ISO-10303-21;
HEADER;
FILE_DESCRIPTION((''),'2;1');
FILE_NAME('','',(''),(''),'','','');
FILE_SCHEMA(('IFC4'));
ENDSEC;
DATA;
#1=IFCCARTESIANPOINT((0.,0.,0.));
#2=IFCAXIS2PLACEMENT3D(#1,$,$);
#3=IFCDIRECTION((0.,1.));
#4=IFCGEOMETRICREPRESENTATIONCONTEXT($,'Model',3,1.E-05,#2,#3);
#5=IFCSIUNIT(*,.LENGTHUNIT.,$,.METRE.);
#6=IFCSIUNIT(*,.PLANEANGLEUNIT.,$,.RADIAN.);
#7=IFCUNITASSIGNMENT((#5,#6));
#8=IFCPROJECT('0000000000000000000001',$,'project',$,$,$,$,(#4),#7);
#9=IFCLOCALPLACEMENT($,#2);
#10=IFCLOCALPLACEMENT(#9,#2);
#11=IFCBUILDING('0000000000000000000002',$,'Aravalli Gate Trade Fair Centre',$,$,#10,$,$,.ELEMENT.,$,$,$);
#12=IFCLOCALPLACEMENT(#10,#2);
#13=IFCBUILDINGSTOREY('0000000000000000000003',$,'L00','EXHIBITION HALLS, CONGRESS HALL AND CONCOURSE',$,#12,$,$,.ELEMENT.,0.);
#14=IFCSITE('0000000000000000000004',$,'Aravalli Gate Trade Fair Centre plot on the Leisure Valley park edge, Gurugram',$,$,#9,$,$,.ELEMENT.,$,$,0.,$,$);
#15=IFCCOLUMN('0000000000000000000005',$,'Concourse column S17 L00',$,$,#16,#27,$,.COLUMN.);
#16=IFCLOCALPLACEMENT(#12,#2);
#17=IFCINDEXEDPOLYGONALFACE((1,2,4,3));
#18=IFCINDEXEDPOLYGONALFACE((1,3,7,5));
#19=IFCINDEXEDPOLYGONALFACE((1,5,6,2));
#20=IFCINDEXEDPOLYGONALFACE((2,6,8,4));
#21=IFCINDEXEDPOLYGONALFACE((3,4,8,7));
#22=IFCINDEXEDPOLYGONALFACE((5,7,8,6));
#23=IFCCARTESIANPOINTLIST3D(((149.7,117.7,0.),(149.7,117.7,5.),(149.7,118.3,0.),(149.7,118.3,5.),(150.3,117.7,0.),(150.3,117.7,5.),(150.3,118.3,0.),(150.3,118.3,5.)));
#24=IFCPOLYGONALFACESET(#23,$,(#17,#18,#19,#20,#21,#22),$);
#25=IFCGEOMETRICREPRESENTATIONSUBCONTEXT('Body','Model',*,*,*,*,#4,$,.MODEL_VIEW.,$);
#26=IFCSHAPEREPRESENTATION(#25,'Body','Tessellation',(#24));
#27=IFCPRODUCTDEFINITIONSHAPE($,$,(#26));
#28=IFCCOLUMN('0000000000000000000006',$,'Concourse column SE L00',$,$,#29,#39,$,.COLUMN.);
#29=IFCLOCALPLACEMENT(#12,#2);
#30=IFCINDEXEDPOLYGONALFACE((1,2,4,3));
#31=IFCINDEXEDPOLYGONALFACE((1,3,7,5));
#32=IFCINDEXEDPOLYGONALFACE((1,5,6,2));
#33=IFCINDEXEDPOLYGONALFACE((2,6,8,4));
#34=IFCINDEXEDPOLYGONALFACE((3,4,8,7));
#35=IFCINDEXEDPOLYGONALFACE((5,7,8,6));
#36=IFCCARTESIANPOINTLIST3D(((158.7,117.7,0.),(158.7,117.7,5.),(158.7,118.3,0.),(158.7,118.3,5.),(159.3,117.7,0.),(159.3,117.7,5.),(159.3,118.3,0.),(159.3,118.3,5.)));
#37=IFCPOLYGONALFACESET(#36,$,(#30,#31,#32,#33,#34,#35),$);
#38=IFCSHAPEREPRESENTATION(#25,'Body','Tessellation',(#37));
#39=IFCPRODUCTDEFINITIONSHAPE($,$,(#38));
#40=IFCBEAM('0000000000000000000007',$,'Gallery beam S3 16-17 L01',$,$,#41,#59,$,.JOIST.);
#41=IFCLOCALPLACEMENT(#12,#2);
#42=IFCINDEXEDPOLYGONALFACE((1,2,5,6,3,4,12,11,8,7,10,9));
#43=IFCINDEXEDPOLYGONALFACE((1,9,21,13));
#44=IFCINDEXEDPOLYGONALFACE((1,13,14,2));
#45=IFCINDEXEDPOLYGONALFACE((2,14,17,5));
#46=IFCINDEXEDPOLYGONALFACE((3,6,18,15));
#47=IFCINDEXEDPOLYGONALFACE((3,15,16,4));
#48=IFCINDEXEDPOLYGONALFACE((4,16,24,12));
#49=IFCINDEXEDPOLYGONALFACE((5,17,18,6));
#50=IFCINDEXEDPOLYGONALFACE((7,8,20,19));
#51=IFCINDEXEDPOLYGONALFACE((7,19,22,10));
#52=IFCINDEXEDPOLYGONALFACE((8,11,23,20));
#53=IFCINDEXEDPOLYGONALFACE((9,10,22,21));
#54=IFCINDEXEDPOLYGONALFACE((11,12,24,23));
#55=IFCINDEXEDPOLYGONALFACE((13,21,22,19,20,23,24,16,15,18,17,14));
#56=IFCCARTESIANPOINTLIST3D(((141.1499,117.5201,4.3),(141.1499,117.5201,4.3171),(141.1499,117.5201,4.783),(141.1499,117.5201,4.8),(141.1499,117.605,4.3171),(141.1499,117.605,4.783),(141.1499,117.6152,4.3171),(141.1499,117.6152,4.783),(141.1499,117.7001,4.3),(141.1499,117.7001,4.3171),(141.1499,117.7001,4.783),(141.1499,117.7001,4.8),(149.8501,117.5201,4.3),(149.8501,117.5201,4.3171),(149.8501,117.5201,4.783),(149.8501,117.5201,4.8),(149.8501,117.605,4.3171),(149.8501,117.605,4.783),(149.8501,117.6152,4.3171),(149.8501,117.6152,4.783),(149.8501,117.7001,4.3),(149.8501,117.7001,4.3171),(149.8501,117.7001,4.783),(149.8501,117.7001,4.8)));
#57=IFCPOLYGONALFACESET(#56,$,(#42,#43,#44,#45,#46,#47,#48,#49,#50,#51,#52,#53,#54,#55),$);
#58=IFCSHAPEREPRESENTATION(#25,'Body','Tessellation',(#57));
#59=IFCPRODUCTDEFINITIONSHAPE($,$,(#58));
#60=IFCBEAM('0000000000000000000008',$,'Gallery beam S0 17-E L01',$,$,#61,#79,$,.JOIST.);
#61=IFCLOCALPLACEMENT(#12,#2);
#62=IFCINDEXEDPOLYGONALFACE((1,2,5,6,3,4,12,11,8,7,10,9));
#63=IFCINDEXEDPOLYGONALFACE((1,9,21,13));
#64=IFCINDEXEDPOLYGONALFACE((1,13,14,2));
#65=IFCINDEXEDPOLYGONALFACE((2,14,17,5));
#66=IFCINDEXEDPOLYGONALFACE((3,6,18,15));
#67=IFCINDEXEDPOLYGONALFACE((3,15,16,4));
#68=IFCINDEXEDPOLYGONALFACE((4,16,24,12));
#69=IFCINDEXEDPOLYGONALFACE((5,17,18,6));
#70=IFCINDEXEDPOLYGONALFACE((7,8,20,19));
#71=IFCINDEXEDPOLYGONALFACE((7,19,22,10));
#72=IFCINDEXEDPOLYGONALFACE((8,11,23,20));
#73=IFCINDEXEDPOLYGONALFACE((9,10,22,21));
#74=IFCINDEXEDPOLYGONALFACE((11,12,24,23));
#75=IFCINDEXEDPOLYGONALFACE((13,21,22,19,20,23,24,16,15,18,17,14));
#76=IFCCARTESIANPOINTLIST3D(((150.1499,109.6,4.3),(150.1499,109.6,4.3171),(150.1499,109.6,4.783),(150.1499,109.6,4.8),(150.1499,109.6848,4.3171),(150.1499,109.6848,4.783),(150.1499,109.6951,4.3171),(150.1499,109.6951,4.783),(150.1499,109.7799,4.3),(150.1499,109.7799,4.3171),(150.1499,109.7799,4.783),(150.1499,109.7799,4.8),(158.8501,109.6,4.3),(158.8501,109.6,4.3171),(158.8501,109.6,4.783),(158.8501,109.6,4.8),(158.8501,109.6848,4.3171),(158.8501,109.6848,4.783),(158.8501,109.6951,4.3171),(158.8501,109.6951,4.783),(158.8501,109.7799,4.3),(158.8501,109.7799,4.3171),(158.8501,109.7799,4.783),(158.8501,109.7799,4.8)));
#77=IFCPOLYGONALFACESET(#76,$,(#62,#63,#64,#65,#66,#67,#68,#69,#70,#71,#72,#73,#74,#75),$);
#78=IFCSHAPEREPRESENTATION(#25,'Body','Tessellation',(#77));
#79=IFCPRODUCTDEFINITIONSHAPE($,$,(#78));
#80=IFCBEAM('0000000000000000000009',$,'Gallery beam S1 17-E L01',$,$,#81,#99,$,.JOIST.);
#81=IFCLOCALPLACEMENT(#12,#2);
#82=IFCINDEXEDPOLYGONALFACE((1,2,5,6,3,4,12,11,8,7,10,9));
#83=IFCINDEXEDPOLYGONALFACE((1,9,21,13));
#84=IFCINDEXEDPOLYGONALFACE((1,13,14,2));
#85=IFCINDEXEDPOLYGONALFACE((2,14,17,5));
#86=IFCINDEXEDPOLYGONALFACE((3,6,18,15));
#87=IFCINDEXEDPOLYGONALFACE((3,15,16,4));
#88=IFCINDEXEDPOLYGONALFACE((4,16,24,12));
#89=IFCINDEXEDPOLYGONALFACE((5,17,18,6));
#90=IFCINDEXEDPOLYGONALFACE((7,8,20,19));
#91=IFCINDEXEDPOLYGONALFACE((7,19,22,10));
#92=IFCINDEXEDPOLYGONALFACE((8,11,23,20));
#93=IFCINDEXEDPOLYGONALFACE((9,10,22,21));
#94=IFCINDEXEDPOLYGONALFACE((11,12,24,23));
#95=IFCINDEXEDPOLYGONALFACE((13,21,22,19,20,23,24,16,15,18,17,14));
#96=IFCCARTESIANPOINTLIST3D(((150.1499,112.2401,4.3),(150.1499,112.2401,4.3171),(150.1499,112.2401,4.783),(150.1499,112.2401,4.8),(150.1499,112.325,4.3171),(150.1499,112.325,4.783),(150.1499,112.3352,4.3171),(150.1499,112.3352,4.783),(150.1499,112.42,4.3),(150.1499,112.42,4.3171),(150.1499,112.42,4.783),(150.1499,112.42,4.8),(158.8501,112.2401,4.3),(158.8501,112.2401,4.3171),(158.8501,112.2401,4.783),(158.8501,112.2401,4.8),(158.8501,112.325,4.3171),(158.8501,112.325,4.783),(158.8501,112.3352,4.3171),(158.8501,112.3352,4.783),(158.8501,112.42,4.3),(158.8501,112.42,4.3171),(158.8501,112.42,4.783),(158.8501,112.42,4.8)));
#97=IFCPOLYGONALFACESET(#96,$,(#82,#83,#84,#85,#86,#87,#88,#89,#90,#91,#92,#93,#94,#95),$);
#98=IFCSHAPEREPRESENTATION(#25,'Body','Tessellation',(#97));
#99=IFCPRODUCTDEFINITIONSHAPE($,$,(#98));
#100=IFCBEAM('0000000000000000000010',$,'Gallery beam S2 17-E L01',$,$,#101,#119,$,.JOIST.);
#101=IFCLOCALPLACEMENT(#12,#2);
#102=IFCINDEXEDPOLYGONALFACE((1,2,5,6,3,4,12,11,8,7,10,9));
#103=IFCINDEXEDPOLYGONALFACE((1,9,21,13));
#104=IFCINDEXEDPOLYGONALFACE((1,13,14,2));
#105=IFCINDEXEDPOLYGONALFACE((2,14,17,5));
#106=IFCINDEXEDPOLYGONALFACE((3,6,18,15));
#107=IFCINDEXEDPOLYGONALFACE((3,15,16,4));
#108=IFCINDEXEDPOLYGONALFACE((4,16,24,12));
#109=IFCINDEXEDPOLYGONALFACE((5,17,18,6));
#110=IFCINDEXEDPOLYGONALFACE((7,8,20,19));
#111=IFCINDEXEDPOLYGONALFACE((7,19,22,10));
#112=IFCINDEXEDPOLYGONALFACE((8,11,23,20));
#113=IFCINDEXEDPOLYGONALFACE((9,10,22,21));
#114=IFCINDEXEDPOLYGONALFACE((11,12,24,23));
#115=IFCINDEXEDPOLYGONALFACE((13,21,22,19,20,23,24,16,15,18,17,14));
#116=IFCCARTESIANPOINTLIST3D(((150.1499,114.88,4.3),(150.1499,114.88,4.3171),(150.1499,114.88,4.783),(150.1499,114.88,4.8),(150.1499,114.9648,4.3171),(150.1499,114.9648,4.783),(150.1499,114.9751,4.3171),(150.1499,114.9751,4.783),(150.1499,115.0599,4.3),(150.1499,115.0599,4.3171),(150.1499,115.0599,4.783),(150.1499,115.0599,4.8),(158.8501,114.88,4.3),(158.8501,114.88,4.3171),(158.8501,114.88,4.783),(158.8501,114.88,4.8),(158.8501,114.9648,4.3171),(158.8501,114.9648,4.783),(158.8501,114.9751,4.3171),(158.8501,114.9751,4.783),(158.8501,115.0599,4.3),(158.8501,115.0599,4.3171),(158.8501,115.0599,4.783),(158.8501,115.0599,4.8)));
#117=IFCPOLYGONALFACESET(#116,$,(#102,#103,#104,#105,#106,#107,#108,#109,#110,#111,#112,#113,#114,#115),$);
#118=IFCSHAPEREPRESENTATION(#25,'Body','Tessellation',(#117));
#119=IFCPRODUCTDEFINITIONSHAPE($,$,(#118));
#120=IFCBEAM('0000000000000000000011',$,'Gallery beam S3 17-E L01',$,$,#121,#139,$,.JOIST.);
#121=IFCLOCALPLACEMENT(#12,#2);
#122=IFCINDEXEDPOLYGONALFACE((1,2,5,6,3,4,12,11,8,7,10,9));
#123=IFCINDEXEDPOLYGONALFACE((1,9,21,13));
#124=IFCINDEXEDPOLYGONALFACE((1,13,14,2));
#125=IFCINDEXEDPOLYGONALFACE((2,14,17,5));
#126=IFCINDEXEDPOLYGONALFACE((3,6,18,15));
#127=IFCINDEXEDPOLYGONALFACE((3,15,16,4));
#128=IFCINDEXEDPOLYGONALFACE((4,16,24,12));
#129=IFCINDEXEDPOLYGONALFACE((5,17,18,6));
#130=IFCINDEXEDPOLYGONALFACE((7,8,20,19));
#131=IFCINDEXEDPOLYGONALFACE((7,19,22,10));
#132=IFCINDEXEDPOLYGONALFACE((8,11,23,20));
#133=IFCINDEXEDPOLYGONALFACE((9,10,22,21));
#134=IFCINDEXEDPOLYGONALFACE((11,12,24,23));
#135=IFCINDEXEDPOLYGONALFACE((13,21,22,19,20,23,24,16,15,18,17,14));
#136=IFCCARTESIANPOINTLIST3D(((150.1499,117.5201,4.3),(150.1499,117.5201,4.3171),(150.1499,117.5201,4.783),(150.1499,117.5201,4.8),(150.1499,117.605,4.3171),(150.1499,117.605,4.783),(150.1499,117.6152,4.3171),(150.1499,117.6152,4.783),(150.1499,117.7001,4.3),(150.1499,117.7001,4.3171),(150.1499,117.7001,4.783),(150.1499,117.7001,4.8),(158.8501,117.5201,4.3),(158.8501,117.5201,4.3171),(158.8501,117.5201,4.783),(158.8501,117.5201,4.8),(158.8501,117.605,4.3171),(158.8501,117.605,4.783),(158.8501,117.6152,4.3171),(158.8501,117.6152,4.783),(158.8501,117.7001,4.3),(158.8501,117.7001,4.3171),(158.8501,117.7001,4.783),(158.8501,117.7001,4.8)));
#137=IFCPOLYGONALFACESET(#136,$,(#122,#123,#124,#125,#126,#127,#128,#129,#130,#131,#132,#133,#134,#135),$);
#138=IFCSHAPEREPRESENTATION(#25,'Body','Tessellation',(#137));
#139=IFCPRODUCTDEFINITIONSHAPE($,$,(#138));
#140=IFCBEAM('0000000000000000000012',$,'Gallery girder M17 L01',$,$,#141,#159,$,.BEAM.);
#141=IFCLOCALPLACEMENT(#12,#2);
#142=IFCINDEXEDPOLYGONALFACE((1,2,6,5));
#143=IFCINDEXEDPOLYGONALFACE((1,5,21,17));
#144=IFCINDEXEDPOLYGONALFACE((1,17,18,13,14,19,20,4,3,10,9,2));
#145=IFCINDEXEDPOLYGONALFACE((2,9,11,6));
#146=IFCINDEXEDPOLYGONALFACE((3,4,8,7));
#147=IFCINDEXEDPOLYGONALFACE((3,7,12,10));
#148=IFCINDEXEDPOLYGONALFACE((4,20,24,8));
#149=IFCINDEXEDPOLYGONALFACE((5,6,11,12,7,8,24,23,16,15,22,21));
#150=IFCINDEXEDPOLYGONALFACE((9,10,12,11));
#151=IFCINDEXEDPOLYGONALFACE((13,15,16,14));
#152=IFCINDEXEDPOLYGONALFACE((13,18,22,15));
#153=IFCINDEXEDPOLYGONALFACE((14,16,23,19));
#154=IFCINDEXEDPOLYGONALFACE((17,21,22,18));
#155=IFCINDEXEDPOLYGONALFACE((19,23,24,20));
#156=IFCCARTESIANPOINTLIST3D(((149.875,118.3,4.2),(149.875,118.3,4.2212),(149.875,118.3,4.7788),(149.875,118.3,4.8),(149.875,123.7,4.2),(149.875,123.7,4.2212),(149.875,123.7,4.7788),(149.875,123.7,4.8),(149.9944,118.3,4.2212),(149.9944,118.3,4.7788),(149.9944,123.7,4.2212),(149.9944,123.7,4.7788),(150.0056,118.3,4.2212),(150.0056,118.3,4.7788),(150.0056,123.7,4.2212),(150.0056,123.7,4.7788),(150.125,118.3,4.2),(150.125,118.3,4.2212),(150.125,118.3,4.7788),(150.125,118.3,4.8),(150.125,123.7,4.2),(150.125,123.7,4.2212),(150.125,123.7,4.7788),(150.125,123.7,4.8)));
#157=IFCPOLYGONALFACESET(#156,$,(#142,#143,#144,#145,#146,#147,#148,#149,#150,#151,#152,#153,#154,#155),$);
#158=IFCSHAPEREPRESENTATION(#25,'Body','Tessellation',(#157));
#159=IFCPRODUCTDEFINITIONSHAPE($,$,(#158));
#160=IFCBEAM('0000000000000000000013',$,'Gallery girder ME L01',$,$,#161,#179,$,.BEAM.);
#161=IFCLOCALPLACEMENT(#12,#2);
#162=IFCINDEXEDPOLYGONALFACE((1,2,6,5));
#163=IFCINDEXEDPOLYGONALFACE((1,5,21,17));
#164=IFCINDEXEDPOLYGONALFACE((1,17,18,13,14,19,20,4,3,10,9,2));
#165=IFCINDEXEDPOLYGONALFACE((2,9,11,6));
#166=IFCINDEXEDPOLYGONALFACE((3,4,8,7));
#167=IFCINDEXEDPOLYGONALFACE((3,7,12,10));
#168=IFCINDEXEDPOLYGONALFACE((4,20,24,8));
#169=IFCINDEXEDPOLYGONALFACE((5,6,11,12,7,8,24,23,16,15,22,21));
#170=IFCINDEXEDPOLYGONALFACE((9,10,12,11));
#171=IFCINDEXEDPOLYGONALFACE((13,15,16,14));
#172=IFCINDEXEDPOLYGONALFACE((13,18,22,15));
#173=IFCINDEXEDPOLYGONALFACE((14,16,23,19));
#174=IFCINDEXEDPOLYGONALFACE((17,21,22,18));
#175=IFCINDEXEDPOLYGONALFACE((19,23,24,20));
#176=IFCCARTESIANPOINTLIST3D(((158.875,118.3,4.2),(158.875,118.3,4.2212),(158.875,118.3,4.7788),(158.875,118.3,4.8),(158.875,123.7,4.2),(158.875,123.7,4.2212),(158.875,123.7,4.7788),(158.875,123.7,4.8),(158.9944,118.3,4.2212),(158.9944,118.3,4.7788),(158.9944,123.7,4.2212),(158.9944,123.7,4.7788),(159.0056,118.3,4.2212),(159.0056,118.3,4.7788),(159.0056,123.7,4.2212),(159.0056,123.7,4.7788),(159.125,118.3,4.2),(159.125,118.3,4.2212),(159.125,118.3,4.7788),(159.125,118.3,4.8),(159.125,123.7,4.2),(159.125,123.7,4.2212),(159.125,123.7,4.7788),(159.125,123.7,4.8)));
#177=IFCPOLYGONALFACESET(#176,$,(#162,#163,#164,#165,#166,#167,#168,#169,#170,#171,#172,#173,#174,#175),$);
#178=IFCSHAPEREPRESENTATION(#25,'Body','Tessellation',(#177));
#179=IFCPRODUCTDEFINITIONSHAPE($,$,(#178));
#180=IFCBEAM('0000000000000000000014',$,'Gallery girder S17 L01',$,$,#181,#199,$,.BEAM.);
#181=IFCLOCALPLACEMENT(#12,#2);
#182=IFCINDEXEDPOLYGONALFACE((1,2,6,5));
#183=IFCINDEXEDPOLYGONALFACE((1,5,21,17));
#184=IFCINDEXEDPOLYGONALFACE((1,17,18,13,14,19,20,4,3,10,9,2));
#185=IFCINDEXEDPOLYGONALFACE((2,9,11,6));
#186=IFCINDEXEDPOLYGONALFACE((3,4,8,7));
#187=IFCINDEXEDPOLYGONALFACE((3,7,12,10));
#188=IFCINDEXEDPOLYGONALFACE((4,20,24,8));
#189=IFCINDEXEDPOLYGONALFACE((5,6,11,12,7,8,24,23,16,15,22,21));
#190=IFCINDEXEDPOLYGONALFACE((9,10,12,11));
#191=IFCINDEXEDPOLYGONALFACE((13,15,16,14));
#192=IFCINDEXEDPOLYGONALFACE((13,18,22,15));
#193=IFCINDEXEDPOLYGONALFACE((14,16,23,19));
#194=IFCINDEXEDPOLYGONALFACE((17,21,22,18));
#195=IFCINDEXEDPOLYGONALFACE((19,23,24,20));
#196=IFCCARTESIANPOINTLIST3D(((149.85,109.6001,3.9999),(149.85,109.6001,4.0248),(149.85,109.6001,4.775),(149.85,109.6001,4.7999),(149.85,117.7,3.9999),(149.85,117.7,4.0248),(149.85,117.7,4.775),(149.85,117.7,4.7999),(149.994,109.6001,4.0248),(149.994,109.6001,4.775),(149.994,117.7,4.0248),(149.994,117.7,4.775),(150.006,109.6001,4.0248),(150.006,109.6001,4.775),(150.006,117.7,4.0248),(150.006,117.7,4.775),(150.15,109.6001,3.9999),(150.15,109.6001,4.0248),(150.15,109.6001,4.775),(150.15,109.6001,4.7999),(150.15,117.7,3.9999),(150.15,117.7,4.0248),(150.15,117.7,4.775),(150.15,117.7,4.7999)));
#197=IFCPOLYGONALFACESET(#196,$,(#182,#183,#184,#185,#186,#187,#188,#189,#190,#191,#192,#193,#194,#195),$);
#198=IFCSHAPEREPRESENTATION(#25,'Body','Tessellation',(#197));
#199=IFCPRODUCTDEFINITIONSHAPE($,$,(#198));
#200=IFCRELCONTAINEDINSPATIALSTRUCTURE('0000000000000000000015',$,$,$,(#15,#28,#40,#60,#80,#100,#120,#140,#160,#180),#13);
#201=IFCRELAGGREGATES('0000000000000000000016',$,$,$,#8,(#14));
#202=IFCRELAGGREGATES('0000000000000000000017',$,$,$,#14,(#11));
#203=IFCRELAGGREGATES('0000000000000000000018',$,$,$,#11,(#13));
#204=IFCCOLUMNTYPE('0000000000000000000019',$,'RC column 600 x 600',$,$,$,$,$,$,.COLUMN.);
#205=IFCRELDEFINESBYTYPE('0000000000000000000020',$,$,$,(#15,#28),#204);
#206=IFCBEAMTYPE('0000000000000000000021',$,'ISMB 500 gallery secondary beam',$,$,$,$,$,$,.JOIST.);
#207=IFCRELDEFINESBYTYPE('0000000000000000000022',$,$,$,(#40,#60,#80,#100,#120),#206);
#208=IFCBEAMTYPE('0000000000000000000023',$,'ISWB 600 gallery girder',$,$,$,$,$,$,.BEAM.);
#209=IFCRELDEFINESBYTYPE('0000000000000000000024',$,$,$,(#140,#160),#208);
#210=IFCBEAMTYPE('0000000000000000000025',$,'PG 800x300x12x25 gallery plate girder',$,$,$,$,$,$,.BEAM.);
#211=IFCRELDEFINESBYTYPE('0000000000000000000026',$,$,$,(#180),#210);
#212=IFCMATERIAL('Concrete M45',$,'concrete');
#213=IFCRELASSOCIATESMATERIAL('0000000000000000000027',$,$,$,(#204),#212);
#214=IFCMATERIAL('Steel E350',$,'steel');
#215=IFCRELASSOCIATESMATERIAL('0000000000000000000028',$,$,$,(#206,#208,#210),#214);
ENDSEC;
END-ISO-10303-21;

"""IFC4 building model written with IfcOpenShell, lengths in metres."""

from ifc_helpers import new_model, si_unit, direction, frame, origin, origin_2d, place, context, subcontext, project, spatial, rectangle, i_section, extrude, material, material_profile, profile_set, type_object, element, save


model = new_model("IFC4")

# Units and contexts
model_context = context("Model", 3, precision=1e-05, world=origin(), true_north=direction((0.0, 1.0)))
body_context = subcontext(model_context, "Body", "Model", "MODEL_VIEW")
ifc_project = project(units=[si_unit("LENGTHUNIT", "METRE"), si_unit("PLANEANGLEUNIT", "RADIAN")], contexts=[model_context])

# Site, building, storey
site_placement = place(None, origin())
site = spatial("IfcSite", under=ifc_project, at=site_placement, Name="Aravalli Gate Trade Fair Centre plot on the Leisure Valley park edge, Gurugram", CompositionType="ELEMENT", RefElevation=0.0)
building_placement = place(site_placement, origin())
building = spatial("IfcBuilding", under=site, at=building_placement, Name="Aravalli Gate Trade Fair Centre", CompositionType="ELEMENT")
storey_placement = place(building_placement, origin())
storey = spatial("IfcBuildingStorey", under=building, at=storey_placement, Name="L00", Description="EXHIBITION HALLS, CONGRESS HALL AND CONCOURSE", CompositionType="ELEMENT", Elevation=0.0)

# Columns
ifc_material_1 = material(Name="Concrete M45", Category="concrete")
ifc_material_profile_1 = material_profile(ifc_material_1, rectangle(XDim=0.6001, YDim=0.6001, at=origin_2d()), Name="RC column 600 x 600")
ifc_profile_set_1 = profile_set([ifc_material_profile_1], Name="Concrete M45")
column_type = type_object("IfcColumnType", Name="RC column 600 x 600", PredefinedType="COLUMN", material=ifc_profile_set_1)
for number, where, z_axis, x_axis, name in (
    (1, (150.0, 118.0, 0.0), (0.0, 0.0, 1.0), (1.0, 0.0, 0.0), "Concourse column S17 L00"),
    (2, (159.0, 118.0, 0.0), (0.0, 0.0, 1.0), (1.0, 0.0, 0.0), "Concourse column SE L00"),
):
    element("IfcColumn", number, at=place(storey_placement, frame(where, z_axis=z_axis, x_axis=x_axis)), inside=storey, type_object=column_type, Name=name, PredefinedType="COLUMN", context=body_context, shape_type="SweptSolid", body=[
        extrude(rectangle(XDim=0.6001, YDim=0.6001, at=origin_2d()), origin(), (0.0, 0.0, 1.0), 5.0),
    ])

# Beams
ifc_material_2 = material(Name="Steel E350", Category="steel")
ifc_material_profile_2 = material_profile(ifc_material_2, i_section(OverallWidth=0.1799, OverallDepth=0.5, WebThickness=0.0103, FlangeThickness=0.0171, at=origin_2d()), Name="ISMB 500")
ifc_profile_set_2 = profile_set([ifc_material_profile_2], Name="Steel E350")
beam_type_1 = type_object("IfcBeamType", Name="ISMB 500 gallery secondary beam", PredefinedType="JOIST", material=ifc_profile_set_2)
for number, where, z_axis, x_axis, name in (
    (3, (141.1499, 117.6101, 4.55), (1.0, 0.0, 0.0), (0.0, 1.0, 0.0), "Gallery beam S3 16-17 L01"),
    (4, (150.1499, 109.6899, 4.55), (1.0, 0.0, 0.0), (0.0, 1.0, 0.0), "Gallery beam S0 17-E L01"),
    (5, (150.1499, 112.3301, 4.55), (1.0, 0.0, 0.0), (0.0, 1.0, 0.0), "Gallery beam S1 17-E L01"),
    (6, (150.1499, 114.97, 4.55), (1.0, 0.0, 0.0), (0.0, 1.0, 0.0), "Gallery beam S2 17-E L01"),
    (7, (150.1499, 117.6101, 4.55), (1.0, 0.0, 0.0), (0.0, 1.0, 0.0), "Gallery beam S3 17-E L01"),
):
    element("IfcBeam", number, at=place(storey_placement, frame(where, z_axis=z_axis, x_axis=x_axis)), inside=storey, type_object=beam_type_1, Name=name, PredefinedType="JOIST", context=body_context, shape_type="SweptSolid", body=[
        extrude(i_section(OverallWidth=0.1799, OverallDepth=0.5, WebThickness=0.0103, FlangeThickness=0.0171, at=origin_2d()), origin(), (0.0, 0.0, 1.0), 8.7002),
    ])
ifc_material_profile_3 = material_profile(ifc_material_2, i_section(OverallWidth=0.25, OverallDepth=0.6001, WebThickness=0.0112, FlangeThickness=0.0212, at=origin_2d()), Name="ISWB 600")
ifc_profile_set_3 = profile_set([ifc_material_profile_3], Name="Steel E350")
beam_type_2 = type_object("IfcBeamType", Name="ISWB 600 gallery girder", PredefinedType="BEAM", material=ifc_profile_set_3)
for number, where, z_axis, x_axis, name in (
    (8, (150.0, 118.3, 4.5), (0.0, 1.0, 0.0), (-1.0, 0.0, 0.0), "Gallery girder M17 L01"),
    (9, (159.0, 118.3, 4.5), (0.0, 1.0, 0.0), (-1.0, 0.0, 0.0), "Gallery girder ME L01"),
):
    element("IfcBeam", number, at=place(storey_placement, frame(where, z_axis=z_axis, x_axis=x_axis)), inside=storey, type_object=beam_type_2, Name=name, PredefinedType="BEAM", context=body_context, shape_type="SweptSolid", body=[
        extrude(i_section(OverallWidth=0.25, OverallDepth=0.6001, WebThickness=0.0112, FlangeThickness=0.0212, at=origin_2d()), origin(), (0.0, 0.0, 1.0), 5.3999),
    ])
ifc_material_profile_4 = material_profile(ifc_material_2, i_section(OverallWidth=0.3, OverallDepth=0.8, WebThickness=0.012, FlangeThickness=0.0249, at=origin_2d()), Name="PG 800x300x12x25")
ifc_profile_set_4 = profile_set([ifc_material_profile_4], Name="Steel E350")
beam_type_3 = type_object("IfcBeamType", Name="PG 800x300x12x25 gallery plate girder", PredefinedType="BEAM", material=ifc_profile_set_4)
for number, where, z_axis, x_axis, name in (
    (10, (150.0, 109.6001, 4.3999), (0.0, 1.0, 0.0), (-1.0, 0.0, 0.0), "Gallery girder S17 L01"),
):
    element("IfcBeam", number, at=place(storey_placement, frame(where, z_axis=z_axis, x_axis=x_axis)), inside=storey, type_object=beam_type_3, Name=name, PredefinedType="BEAM", context=body_context, shape_type="SweptSolid", body=[
        extrude(i_section(OverallWidth=0.3, OverallDepth=0.8, WebThickness=0.012, FlangeThickness=0.0249, at=origin_2d()), origin(), (0.0, 0.0, 1.0), 8.0999),
    ])

save(model, "model.ifc")
